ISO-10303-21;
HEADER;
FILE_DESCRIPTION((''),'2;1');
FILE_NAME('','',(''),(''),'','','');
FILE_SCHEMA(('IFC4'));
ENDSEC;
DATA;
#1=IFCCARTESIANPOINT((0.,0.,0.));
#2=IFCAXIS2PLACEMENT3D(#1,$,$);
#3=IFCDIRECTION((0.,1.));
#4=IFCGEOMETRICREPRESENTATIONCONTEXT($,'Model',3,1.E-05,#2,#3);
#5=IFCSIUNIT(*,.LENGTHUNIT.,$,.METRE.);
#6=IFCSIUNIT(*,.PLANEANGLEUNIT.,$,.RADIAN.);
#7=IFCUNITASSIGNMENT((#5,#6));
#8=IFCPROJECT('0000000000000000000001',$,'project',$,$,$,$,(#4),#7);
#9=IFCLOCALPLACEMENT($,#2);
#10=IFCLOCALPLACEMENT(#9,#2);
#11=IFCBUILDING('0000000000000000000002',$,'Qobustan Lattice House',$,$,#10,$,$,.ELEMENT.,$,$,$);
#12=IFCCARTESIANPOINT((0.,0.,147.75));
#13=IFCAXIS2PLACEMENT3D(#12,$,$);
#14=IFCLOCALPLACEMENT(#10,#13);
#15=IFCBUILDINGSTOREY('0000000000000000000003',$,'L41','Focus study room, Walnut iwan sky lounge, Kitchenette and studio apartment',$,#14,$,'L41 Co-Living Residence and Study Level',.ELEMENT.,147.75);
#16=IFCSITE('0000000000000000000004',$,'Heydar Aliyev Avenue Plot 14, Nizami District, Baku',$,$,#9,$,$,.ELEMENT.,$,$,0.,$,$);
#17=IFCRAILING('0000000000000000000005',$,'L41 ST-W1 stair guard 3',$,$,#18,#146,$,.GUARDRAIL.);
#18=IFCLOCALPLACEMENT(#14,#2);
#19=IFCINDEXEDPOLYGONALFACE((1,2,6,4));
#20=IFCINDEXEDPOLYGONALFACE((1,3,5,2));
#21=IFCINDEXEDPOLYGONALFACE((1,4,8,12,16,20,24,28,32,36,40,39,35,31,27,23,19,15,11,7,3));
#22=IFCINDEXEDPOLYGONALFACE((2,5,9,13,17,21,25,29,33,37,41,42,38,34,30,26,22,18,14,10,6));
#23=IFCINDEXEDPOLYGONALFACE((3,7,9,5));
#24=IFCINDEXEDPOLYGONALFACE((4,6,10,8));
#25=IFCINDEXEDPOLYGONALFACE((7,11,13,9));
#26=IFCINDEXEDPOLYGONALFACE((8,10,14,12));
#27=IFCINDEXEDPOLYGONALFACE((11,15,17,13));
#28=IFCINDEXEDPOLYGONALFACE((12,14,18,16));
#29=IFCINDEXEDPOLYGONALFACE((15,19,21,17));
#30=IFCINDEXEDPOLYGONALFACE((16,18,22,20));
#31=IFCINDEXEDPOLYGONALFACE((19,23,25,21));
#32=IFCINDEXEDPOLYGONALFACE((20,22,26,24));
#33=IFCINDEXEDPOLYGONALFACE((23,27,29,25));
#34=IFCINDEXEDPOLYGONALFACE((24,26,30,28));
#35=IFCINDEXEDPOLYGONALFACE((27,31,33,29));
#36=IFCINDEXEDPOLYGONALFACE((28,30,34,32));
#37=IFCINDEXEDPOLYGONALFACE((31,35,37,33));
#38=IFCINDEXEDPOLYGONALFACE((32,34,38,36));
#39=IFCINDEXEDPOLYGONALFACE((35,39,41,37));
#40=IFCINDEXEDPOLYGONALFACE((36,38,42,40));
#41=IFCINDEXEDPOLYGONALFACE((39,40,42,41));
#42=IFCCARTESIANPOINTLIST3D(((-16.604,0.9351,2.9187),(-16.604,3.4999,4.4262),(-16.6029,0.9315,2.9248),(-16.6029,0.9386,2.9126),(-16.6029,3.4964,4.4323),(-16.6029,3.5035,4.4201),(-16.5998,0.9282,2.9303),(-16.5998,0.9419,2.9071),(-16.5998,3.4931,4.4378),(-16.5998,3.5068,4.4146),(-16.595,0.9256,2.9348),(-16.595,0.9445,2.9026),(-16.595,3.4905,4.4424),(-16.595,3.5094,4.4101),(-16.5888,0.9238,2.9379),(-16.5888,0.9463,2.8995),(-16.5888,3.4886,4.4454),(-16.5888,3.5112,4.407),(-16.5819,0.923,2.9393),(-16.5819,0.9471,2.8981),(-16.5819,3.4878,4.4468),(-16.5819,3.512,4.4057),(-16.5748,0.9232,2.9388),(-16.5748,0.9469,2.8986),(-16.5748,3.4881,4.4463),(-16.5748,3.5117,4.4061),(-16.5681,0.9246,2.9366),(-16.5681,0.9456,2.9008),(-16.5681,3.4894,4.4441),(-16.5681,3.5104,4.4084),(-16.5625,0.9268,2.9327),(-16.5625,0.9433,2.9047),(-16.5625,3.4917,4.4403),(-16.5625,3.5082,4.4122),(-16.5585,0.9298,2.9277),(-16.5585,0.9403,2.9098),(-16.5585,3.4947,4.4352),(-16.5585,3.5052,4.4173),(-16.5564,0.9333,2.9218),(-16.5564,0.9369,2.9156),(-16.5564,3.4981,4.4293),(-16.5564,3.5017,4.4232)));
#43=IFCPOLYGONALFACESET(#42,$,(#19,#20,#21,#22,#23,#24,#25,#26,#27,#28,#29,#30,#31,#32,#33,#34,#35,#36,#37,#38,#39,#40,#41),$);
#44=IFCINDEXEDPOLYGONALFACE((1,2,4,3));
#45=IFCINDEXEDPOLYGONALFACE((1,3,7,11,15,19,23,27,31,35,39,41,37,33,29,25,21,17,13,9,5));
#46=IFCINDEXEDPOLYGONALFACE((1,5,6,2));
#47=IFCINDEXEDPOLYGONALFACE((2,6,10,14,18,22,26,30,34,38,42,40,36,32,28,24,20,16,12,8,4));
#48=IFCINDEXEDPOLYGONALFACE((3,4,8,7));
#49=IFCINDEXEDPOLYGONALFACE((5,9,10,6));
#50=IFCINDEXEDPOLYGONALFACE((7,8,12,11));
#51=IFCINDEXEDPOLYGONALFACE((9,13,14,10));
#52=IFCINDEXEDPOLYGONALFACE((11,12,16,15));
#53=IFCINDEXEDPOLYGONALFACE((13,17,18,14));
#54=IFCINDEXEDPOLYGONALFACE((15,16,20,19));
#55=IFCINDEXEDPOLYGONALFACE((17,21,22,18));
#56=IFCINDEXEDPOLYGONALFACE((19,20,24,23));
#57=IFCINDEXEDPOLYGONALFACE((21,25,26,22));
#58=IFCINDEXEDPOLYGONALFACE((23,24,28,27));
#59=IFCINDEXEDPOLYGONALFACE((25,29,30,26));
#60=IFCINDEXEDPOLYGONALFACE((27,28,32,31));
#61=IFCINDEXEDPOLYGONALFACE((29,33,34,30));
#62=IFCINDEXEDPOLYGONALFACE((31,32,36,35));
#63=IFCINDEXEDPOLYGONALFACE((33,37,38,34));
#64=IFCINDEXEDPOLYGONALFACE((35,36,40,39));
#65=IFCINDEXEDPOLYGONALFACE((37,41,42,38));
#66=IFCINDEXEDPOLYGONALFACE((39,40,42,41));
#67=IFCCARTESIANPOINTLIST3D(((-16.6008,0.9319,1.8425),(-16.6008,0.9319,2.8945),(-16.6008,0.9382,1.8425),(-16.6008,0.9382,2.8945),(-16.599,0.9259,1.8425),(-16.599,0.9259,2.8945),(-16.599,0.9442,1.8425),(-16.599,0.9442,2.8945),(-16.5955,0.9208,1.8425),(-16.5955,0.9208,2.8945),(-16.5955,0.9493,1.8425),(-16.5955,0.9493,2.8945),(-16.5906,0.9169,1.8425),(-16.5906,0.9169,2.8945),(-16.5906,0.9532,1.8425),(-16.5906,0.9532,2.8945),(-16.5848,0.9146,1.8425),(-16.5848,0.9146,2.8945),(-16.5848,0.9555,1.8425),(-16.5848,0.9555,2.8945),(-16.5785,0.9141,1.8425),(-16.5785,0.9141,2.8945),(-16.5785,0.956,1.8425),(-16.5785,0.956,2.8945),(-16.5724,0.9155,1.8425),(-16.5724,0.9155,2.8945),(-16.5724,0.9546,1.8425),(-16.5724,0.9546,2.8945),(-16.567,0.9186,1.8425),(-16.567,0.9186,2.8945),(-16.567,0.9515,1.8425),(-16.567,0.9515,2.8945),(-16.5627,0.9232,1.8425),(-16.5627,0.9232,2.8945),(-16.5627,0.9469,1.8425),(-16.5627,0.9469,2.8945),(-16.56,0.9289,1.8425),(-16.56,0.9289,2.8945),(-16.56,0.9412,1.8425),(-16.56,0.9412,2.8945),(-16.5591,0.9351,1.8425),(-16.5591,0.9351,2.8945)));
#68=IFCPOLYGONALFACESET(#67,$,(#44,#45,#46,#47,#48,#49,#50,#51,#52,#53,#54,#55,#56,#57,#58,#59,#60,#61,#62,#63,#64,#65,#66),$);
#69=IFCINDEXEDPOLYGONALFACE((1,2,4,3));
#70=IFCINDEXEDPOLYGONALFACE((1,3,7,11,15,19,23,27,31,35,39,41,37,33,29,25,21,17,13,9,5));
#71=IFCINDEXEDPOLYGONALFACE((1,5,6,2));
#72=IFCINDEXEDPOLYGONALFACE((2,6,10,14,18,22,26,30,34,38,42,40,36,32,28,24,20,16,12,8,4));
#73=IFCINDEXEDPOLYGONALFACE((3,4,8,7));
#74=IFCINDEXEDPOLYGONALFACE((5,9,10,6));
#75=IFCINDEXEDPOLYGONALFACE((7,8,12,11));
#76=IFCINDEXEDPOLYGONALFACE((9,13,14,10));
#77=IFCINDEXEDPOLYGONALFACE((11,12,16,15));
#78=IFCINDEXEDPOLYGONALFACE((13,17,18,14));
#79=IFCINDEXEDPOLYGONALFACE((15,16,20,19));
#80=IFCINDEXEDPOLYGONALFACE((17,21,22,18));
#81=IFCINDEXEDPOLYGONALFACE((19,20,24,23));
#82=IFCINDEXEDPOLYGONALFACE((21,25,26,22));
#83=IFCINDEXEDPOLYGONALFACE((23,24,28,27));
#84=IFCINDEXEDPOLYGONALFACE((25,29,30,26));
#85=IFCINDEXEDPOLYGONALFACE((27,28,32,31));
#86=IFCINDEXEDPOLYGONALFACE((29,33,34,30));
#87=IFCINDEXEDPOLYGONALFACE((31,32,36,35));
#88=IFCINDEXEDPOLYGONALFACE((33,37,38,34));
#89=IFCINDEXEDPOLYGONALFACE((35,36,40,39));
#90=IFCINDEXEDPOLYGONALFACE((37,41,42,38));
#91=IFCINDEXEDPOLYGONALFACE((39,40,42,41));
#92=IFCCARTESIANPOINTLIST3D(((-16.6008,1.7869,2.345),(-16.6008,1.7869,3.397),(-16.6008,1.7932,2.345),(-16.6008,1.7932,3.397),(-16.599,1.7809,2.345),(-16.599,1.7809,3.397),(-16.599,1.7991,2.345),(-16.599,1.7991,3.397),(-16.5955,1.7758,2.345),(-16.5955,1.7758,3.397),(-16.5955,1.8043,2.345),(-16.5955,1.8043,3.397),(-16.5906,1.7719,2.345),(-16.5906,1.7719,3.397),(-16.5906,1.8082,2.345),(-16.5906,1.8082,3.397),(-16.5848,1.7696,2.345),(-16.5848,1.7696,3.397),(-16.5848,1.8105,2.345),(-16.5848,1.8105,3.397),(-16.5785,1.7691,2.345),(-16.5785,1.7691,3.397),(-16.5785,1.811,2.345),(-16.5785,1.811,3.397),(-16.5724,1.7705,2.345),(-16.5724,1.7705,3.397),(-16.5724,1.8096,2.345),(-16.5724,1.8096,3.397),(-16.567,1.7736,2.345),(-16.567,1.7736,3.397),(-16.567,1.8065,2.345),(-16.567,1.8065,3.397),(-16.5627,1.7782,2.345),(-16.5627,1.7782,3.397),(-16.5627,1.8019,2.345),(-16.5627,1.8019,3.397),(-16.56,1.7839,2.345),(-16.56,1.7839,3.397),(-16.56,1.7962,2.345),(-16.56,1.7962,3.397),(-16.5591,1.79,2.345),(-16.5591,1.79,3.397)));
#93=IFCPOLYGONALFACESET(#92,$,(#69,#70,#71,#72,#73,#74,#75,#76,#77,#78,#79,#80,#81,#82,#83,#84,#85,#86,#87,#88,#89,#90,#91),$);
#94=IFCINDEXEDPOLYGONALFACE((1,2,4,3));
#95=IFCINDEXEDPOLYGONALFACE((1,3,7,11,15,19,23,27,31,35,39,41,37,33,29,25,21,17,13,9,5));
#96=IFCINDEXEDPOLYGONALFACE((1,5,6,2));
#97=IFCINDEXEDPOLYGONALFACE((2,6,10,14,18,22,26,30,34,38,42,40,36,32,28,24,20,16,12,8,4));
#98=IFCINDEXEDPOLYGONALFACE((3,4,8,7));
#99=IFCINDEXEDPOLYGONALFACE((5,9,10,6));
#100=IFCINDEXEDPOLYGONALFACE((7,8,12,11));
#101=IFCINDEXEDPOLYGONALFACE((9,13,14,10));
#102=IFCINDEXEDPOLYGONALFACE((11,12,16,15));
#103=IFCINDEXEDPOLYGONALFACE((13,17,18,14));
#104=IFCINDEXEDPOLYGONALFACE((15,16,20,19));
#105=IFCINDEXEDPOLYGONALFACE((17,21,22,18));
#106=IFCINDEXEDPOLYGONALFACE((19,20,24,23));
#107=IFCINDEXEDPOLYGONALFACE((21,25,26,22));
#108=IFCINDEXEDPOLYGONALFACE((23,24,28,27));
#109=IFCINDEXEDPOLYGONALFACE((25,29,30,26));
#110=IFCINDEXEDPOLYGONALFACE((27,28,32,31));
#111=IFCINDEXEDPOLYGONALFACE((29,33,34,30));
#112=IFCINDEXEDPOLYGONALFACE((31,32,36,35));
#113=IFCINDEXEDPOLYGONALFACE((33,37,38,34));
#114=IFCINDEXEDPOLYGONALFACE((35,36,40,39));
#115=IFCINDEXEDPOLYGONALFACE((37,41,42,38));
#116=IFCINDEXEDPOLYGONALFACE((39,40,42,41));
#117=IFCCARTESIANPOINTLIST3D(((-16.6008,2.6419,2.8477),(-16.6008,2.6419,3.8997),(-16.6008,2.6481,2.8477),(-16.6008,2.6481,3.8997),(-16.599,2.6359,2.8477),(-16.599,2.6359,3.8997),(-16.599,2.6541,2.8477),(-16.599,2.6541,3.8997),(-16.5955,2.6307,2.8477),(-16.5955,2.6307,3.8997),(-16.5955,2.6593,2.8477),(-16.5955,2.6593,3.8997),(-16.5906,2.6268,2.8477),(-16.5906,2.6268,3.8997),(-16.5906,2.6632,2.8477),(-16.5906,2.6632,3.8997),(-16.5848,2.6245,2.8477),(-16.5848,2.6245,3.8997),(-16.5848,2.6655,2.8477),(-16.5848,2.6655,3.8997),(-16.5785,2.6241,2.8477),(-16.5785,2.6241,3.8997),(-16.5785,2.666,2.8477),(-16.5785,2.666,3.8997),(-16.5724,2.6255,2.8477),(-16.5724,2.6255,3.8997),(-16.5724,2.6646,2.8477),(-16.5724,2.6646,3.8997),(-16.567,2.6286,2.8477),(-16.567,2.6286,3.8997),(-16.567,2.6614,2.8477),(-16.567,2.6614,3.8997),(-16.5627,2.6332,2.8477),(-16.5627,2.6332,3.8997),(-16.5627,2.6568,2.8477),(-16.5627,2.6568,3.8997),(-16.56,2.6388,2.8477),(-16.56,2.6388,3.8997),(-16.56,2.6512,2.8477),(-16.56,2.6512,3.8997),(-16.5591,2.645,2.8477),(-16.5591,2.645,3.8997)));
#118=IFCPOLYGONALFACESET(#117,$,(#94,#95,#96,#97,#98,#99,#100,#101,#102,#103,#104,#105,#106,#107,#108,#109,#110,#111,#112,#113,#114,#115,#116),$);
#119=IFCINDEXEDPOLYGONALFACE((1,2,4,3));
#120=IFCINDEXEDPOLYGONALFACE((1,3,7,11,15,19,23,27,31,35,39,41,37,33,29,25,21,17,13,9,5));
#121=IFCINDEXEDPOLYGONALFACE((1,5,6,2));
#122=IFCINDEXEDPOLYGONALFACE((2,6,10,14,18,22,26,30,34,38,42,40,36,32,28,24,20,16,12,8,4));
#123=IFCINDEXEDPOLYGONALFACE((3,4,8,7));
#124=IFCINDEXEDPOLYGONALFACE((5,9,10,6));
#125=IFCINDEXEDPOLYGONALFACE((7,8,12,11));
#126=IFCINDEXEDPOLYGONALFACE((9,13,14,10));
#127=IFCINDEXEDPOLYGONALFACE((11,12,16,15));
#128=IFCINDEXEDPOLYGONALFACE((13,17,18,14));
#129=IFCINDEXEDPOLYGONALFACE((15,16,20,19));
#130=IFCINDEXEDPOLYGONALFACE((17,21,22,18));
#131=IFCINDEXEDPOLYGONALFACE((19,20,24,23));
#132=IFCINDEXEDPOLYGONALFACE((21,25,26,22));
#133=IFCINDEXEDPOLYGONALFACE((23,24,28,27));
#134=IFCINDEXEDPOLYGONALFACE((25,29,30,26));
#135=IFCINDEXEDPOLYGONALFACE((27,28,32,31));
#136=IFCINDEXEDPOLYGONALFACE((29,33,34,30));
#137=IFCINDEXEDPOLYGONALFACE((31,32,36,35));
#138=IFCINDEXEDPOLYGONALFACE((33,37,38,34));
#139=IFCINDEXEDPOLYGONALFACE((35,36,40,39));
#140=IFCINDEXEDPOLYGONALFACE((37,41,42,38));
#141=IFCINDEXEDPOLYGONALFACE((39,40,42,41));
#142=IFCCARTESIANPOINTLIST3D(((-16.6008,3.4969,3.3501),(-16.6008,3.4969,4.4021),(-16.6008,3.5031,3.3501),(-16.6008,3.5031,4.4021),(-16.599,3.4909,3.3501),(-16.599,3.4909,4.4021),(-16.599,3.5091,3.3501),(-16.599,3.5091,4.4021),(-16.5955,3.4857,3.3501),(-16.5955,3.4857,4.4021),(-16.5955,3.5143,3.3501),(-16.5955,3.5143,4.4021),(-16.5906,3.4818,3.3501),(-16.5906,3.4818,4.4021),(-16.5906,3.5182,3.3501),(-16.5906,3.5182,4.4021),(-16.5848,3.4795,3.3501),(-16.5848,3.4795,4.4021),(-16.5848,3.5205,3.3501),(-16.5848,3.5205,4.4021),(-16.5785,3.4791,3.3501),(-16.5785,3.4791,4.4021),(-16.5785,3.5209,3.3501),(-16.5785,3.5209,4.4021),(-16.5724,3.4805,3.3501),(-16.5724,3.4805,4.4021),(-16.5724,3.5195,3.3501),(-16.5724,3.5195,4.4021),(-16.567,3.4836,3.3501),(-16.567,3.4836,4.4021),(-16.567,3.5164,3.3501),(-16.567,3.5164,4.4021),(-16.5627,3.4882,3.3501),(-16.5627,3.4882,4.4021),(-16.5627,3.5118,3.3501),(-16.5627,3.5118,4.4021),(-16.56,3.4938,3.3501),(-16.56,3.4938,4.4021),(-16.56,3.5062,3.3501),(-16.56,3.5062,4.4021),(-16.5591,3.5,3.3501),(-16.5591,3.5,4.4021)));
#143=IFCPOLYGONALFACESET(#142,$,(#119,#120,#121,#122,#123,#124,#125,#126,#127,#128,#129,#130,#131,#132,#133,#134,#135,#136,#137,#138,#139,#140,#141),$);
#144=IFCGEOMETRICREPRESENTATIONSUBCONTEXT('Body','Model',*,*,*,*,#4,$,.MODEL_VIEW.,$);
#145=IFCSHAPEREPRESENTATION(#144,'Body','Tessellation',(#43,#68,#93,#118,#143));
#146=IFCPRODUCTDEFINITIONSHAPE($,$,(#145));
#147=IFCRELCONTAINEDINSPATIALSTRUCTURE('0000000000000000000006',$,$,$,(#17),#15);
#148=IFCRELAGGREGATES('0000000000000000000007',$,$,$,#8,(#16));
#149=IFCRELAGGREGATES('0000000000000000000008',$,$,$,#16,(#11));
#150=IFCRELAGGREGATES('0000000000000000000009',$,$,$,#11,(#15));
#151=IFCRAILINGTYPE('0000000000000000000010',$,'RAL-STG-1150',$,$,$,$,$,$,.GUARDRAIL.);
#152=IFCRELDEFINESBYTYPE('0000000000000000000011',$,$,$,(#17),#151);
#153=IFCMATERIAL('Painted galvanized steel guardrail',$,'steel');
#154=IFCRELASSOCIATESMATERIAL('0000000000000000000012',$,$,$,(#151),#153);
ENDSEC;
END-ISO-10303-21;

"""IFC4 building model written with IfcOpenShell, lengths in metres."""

from ifc_helpers import new_model, si_unit, direction, frame, origin, origin_2d, place, context, subcontext, project, spatial, circle, extrude, material, type_object, element, save


model = new_model("IFC4")

# Units and contexts
model_context = context("Model", 3, precision=1e-05, world=origin(), true_north=direction((0.0, 1.0)))
body_context = subcontext(model_context, "Body", "Model", "MODEL_VIEW")
ifc_project = project(units=[si_unit("LENGTHUNIT", "METRE"), si_unit("PLANEANGLEUNIT", "RADIAN")], contexts=[model_context])

# Site, building, storey
site_placement = place(None, origin())
site = spatial("IfcSite", under=ifc_project, at=site_placement, Name="Heydar Aliyev Avenue Plot 14, Nizami District, Baku", CompositionType="ELEMENT", RefElevation=0.0)
building_placement = place(site_placement, origin())
building = spatial("IfcBuilding", under=site, at=building_placement, Name="Qobustan Lattice House", CompositionType="ELEMENT")
storey_placement = place(building_placement, frame((0.0, 0.0, 147.75)))
storey = spatial("IfcBuildingStorey", under=building, at=storey_placement, Name="L41", Description="Focus study room, Walnut iwan sky lounge, Kitchenette and studio apartment", LongName="L41 Co-Living Residence and Study Level", CompositionType="ELEMENT", Elevation=147.75)

# Railing
ifc_material_1 = material(Name="Painted galvanized steel guardrail", Category="steel")
railing_type = type_object("IfcRailingType", Name="RAL-STG-1150", PredefinedType="GUARDRAIL", material=ifc_material_1)
railing_1_placement = place(storey_placement, frame((-16.5801, 0.9351, 1.8425)))
element("IfcRailing", 1, at=railing_1_placement, inside=storey, type_object=railing_type, Name="L41 ST-W1 stair guard 3", PredefinedType="GUARDRAIL", context=body_context, shape_type="SweptSolid", body=[
    extrude(circle(Radius=0.0239, at=origin_2d()), frame((0.0, 0.0, 1.0762), z_axis=(0.0, 0.862113, 0.506715), x_axis=(-1.0, 0.0, 0.0)), (0.0, 0.0, 1.0), 2.9751),
    extrude(circle(Radius=0.021, at=origin_2d()), origin(), (0.0, 0.0, 1.0), 1.052),
    extrude(circle(Radius=0.021, at=origin_2d()), frame((0.0, 0.855, 0.5024)), (0.0, 0.0, 1.0), 1.052),
    extrude(circle(Radius=0.021, at=origin_2d()), frame((0.0, 1.71, 1.0051)), (0.0, 0.0, 1.0), 1.052),
    extrude(circle(Radius=0.021, at=origin_2d()), frame((0.0, 2.5649, 1.5076)), (0.0, 0.0, 1.0), 1.052),
])

save(model, "model.ifc")
